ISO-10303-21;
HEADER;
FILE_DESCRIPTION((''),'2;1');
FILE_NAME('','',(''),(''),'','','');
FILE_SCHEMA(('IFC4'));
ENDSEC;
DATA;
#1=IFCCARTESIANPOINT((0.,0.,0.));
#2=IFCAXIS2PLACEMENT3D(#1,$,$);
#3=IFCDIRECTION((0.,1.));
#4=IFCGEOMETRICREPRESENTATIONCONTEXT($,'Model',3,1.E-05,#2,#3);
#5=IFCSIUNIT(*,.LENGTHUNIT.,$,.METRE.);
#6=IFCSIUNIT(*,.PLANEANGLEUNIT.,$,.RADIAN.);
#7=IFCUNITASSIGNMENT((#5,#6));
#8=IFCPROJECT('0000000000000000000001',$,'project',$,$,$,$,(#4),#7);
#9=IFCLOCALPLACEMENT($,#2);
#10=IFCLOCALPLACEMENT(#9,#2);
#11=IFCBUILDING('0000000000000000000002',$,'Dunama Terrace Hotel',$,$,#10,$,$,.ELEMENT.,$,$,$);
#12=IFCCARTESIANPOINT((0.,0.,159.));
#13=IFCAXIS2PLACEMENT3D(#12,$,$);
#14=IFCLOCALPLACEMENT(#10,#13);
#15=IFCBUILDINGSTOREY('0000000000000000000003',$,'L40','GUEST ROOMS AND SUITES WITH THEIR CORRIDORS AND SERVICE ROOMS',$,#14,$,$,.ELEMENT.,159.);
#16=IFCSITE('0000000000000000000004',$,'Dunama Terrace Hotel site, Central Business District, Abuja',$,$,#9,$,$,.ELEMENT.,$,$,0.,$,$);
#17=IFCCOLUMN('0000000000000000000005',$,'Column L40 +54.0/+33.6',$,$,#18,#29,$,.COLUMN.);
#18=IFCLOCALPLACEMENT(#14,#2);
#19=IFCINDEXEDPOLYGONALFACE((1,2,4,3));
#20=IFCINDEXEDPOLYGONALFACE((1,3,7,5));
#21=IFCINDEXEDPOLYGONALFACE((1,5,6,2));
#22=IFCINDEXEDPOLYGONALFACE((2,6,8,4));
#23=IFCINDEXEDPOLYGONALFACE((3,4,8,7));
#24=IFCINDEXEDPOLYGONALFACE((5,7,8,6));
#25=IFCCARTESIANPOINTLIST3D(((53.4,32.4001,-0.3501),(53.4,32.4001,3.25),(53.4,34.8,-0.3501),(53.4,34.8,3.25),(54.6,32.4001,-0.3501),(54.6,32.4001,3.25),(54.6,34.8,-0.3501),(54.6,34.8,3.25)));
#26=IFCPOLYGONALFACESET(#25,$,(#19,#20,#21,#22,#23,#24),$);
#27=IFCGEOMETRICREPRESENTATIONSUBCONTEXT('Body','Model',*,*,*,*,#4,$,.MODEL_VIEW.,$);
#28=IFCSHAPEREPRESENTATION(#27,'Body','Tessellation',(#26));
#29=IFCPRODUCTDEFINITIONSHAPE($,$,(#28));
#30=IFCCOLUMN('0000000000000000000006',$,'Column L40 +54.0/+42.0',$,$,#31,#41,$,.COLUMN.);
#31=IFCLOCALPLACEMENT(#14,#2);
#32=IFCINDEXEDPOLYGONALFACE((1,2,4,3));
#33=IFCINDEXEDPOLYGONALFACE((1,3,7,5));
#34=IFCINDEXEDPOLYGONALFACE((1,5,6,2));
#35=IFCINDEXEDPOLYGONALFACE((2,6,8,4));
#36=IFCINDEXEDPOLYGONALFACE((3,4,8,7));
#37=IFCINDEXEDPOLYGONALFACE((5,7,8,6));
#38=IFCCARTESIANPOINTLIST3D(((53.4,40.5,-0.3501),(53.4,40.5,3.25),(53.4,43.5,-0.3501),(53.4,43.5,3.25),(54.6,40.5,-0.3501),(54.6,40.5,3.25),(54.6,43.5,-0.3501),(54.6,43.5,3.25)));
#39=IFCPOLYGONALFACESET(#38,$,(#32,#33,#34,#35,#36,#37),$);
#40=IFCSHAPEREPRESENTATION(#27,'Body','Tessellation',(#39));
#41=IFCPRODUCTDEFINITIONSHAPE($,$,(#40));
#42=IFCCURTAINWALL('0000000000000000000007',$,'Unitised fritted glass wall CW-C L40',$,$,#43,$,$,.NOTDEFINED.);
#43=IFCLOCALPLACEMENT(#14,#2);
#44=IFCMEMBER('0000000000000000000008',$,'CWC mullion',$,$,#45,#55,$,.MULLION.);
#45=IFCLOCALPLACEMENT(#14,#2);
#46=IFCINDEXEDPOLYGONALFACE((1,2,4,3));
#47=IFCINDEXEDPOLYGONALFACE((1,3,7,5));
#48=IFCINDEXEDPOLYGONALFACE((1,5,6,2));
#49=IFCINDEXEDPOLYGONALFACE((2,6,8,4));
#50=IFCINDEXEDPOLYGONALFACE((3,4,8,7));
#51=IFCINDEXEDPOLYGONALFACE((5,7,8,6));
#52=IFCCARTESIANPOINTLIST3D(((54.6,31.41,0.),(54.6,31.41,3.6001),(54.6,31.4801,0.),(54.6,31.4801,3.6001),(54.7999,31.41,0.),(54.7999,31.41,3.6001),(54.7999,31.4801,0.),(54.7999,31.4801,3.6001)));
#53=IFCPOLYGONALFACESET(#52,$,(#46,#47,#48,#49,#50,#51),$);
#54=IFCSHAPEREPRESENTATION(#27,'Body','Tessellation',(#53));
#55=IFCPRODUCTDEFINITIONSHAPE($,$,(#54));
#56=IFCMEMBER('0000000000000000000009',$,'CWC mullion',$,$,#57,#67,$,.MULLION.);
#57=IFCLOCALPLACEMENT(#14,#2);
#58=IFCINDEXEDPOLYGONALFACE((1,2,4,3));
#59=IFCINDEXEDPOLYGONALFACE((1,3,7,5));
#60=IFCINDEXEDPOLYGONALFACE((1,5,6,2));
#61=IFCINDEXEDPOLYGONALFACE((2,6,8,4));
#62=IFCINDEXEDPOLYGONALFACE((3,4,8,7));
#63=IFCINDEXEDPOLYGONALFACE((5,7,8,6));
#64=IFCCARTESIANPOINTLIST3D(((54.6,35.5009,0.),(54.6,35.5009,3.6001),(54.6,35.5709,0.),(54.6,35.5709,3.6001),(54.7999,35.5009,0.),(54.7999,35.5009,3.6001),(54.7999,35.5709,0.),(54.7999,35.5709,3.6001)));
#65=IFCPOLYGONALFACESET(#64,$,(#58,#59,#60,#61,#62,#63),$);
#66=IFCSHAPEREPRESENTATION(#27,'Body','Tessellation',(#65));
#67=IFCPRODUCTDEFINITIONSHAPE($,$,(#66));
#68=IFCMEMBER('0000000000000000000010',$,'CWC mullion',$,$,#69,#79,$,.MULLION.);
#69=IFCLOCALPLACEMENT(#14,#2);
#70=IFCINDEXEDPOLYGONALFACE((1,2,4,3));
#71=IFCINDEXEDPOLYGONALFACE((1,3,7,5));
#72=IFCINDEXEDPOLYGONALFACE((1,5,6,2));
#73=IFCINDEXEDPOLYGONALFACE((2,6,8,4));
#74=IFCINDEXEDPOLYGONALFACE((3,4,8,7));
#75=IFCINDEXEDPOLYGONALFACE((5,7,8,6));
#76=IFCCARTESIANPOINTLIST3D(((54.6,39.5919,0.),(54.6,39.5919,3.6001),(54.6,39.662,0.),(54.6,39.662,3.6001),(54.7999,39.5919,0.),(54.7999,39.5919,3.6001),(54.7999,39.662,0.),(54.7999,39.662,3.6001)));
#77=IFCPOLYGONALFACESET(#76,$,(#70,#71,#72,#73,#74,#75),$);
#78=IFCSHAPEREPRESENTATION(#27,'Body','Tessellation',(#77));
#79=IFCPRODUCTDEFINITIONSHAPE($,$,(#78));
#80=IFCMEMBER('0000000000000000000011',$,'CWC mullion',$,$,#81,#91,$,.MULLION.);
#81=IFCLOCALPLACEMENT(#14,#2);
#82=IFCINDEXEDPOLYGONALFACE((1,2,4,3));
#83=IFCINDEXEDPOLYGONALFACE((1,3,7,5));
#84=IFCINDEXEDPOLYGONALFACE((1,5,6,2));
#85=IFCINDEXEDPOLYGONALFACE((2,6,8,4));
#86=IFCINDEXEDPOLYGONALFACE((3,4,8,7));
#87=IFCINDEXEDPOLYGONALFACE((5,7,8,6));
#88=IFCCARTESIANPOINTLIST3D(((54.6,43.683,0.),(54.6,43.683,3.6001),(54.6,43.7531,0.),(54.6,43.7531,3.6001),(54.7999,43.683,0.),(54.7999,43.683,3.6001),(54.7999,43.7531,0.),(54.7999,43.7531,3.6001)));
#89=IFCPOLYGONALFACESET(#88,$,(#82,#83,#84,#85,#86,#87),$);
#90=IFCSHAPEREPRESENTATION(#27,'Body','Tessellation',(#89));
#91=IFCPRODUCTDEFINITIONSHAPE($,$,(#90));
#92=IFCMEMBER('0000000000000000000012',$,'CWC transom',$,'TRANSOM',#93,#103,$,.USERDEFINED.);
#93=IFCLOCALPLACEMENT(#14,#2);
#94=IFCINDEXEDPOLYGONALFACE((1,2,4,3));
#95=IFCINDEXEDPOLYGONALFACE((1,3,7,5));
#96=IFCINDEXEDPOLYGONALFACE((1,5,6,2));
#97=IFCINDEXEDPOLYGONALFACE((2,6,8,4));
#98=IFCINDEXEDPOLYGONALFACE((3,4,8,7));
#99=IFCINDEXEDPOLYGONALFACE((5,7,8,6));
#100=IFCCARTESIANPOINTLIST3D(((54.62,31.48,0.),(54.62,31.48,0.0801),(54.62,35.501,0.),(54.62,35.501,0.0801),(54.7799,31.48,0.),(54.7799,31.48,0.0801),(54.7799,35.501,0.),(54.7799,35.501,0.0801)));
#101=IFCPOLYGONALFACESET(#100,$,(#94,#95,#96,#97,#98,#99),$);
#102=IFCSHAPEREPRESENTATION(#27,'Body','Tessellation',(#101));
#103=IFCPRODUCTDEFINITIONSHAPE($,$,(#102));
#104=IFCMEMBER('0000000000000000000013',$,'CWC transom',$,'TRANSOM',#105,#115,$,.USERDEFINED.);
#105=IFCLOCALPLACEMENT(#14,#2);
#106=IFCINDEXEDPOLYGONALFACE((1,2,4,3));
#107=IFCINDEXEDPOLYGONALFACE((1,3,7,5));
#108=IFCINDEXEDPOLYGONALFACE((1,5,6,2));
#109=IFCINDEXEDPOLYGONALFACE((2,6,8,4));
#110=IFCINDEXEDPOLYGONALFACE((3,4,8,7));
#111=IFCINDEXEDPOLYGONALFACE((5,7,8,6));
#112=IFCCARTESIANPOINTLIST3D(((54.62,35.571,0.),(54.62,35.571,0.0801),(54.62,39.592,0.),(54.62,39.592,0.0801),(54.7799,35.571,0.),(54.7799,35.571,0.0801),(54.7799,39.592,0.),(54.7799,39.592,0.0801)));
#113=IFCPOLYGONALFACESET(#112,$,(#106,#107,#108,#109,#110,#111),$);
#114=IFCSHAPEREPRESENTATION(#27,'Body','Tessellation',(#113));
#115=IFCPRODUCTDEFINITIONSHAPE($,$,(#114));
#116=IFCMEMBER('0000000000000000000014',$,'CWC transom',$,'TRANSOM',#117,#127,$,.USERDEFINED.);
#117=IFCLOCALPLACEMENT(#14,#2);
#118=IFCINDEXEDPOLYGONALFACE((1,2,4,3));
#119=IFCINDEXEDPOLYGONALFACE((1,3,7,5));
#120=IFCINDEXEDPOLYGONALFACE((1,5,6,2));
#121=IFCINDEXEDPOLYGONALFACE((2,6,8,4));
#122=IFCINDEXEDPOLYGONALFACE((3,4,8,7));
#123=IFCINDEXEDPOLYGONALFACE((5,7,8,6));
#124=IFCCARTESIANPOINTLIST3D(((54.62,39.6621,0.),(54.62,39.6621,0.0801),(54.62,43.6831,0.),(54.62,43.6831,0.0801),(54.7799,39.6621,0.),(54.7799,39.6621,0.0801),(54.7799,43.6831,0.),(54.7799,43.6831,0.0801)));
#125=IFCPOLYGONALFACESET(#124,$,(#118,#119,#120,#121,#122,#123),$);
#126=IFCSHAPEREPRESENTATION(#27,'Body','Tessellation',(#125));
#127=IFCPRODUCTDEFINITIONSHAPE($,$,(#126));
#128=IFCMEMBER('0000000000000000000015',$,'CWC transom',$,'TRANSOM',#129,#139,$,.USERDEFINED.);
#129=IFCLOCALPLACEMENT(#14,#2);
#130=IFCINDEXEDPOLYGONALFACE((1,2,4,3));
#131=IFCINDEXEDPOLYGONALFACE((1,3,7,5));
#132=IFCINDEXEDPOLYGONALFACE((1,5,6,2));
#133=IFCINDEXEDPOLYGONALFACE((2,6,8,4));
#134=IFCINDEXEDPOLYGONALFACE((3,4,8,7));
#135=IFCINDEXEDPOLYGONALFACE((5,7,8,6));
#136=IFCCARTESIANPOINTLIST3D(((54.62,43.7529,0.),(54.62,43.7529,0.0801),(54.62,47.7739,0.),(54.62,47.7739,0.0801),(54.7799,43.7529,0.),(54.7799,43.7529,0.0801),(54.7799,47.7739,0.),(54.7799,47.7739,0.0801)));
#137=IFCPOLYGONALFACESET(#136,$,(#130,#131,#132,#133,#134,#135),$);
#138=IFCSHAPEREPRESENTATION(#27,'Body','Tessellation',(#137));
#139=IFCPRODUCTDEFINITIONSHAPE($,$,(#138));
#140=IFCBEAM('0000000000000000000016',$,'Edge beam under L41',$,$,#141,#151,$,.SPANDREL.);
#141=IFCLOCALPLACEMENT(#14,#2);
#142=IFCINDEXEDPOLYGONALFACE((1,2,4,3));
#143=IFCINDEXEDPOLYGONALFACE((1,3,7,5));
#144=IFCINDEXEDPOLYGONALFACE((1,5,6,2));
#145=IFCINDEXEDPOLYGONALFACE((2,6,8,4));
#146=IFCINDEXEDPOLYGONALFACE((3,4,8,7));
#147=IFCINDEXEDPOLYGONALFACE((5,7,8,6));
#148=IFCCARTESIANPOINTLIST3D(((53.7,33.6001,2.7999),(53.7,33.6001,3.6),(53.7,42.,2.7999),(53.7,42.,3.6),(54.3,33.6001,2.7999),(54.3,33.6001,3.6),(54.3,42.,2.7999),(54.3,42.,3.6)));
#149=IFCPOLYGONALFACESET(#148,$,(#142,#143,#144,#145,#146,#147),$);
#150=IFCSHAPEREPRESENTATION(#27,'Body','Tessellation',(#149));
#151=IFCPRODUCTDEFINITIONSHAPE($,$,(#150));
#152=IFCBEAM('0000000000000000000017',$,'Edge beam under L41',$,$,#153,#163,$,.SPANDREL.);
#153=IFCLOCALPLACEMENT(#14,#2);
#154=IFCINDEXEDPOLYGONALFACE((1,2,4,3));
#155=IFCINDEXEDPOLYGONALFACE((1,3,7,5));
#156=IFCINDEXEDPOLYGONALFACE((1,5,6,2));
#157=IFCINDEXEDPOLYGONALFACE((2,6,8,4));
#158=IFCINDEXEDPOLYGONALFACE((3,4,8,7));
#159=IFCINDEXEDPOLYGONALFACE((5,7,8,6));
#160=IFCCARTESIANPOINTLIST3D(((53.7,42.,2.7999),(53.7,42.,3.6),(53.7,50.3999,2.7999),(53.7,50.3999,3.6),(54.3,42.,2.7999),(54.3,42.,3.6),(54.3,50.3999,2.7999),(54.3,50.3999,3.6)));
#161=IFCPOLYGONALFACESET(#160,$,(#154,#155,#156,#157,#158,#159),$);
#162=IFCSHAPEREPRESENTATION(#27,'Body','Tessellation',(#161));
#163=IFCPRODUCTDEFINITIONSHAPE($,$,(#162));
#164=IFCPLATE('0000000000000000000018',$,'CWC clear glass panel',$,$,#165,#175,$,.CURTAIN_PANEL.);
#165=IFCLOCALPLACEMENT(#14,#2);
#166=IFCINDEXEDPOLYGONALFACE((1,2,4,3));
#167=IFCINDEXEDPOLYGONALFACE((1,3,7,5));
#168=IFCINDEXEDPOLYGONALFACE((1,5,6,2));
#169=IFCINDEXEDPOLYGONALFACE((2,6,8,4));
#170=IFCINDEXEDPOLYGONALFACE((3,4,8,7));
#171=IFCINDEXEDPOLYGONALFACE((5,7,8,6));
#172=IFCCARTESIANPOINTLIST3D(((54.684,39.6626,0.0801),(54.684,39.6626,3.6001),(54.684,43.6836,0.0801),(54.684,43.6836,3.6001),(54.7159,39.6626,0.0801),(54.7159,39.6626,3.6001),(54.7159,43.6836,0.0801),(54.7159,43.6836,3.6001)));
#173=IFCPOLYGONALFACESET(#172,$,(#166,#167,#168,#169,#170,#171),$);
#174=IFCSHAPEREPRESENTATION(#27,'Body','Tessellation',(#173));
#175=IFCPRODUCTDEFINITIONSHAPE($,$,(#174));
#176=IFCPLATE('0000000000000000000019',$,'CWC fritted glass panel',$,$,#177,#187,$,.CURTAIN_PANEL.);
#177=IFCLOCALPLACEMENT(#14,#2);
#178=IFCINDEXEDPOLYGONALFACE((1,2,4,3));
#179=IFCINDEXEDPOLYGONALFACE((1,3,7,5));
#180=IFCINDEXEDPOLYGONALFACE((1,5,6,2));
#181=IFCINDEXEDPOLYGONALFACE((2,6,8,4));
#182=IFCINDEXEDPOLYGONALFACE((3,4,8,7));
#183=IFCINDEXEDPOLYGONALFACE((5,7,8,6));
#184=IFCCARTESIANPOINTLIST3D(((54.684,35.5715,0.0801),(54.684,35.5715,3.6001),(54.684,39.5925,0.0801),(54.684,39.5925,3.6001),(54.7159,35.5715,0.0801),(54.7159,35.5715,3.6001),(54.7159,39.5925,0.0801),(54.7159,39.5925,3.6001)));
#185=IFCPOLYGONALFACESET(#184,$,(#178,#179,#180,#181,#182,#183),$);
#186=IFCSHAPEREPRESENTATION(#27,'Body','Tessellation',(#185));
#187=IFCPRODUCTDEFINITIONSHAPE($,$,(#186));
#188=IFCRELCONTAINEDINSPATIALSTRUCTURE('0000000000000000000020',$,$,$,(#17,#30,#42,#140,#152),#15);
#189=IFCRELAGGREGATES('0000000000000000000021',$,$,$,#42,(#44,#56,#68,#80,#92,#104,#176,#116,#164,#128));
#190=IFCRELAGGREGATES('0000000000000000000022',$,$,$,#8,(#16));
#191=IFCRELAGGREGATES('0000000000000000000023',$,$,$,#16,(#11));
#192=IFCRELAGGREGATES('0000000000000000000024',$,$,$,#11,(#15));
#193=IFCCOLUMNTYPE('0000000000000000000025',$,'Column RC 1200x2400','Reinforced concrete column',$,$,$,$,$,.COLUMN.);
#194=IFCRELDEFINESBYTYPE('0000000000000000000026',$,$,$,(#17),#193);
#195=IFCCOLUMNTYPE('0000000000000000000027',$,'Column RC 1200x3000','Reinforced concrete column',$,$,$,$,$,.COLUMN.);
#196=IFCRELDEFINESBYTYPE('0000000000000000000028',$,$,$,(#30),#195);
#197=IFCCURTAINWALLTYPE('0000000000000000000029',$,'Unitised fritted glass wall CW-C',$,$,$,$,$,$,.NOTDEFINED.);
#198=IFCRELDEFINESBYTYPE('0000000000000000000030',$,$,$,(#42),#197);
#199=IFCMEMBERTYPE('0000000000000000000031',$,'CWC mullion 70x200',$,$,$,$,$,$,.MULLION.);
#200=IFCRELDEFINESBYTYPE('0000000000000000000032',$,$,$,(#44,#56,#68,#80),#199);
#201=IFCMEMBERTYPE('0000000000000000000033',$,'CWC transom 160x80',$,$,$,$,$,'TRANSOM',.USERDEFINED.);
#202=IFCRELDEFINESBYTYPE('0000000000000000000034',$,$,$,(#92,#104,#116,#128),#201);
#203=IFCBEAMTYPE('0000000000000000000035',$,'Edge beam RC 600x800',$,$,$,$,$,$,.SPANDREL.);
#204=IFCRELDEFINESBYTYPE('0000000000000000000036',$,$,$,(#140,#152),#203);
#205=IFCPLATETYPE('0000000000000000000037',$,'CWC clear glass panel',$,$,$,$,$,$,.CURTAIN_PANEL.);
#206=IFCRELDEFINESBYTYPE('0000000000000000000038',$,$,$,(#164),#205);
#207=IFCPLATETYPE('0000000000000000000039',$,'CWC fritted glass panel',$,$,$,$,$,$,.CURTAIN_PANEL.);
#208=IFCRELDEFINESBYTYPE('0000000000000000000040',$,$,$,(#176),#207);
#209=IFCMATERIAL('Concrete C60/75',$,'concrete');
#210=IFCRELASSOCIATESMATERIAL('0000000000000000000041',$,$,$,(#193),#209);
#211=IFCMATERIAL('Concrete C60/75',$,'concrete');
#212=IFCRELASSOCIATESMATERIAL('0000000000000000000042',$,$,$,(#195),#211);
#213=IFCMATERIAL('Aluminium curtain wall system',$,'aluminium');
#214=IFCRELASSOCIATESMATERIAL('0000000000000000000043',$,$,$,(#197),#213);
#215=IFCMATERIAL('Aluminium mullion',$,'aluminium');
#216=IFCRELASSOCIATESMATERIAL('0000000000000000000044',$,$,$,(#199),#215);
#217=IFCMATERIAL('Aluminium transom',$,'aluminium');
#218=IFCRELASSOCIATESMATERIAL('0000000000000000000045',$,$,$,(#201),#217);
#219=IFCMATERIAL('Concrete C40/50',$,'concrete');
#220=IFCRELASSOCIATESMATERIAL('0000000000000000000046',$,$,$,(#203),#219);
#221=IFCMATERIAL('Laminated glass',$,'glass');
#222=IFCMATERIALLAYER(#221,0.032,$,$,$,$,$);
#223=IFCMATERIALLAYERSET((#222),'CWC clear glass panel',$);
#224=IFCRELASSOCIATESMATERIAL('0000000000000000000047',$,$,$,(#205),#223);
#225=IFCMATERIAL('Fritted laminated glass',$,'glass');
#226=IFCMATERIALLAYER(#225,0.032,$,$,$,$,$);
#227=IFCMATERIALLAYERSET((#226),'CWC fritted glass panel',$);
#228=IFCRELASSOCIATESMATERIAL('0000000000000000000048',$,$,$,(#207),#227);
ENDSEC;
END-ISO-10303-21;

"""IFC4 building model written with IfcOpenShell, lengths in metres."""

from ifc_helpers import new_model, si_unit, direction, frame, origin, origin_2d, place, context, subcontext, project, spatial, rectangle, extrude, material, layer, layer_set, material_profile, profile_set, type_object, element, aggregate, save


model = new_model("IFC4")

# Units and contexts
model_context = context("Model", 3, precision=1e-05, world=origin(), true_north=direction((0.0, 1.0)))
body_context = subcontext(model_context, "Body", "Model", "MODEL_VIEW")
ifc_project = project(units=[si_unit("LENGTHUNIT", "METRE"), si_unit("PLANEANGLEUNIT", "RADIAN")], contexts=[model_context])

# Site, building, storey
site_placement = place(None, origin())
site = spatial("IfcSite", under=ifc_project, at=site_placement, Name="Dunama Terrace Hotel site, Central Business District, Abuja", CompositionType="ELEMENT", RefElevation=0.0)
building_placement = place(site_placement, origin())
building = spatial("IfcBuilding", under=site, at=building_placement, Name="Dunama Terrace Hotel", CompositionType="ELEMENT")
storey_placement = place(building_placement, frame((0.0, 0.0, 159.0)))
storey = spatial("IfcBuildingStorey", under=building, at=storey_placement, Name="L40", Description="GUEST ROOMS AND SUITES WITH THEIR CORRIDORS AND SERVICE ROOMS", CompositionType="ELEMENT", Elevation=159.0)

# Columns
ifc_material_1 = material(Name="Concrete C60/75", Category="concrete")
ifc_material_profile_1 = material_profile(ifc_material_1, rectangle(XDim=1.2, YDim=2.3999, at=origin_2d()), Name="RC 1200x2400")
ifc_profile_set_1 = profile_set([ifc_material_profile_1], Name="Concrete C60/75")
column_type_1 = type_object("IfcColumnType", Name="Column RC 1200x2400", Description="Reinforced concrete column", PredefinedType="COLUMN", material=ifc_profile_set_1)
column_1_placement = place(storey_placement, frame((54.0, 33.6001, -0.3501), z_axis=(0.0, 0.0, 1.0), x_axis=(1.0, 0.0, 0.0)))
element("IfcColumn", 1, at=column_1_placement, inside=storey, type_object=column_type_1, Name="Column L40 +54.0/+33.6", PredefinedType="COLUMN", context=body_context, shape_type="SweptSolid", body=[
    extrude(rectangle(XDim=1.2, YDim=2.3999, at=origin_2d()), origin(), (0.0, 0.0, 1.0), 3.6001),
])
ifc_material_2 = material(Name="Concrete C60/75", Category="concrete")
ifc_material_profile_2 = material_profile(ifc_material_2, rectangle(XDim=1.2, YDim=3.0, at=origin_2d()), Name="RC 1200x3000")
ifc_profile_set_2 = profile_set([ifc_material_profile_2], Name="Concrete C60/75")
column_type_2 = type_object("IfcColumnType", Name="Column RC 1200x3000", Description="Reinforced concrete column", PredefinedType="COLUMN", material=ifc_profile_set_2)
column_2_placement = place(storey_placement, frame((54.0, 42.0, -0.3501), z_axis=(0.0, 0.0, 1.0), x_axis=(1.0, 0.0, 0.0)))
element("IfcColumn", 2, at=column_2_placement, inside=storey, type_object=column_type_2, Name="Column L40 +54.0/+42.0", PredefinedType="COLUMN", context=body_context, shape_type="SweptSolid", body=[
    extrude(rectangle(XDim=1.2, YDim=3.0, at=origin_2d()), origin(), (0.0, 0.0, 1.0), 3.6001),
])

# Curtain wall, members
ifc_material_3 = material(Name="Aluminium curtain wall system", Category="aluminium")
curtain_wall_type = type_object("IfcCurtainWallType", Name="Unitised fritted glass wall CW-C", PredefinedType="NOTDEFINED", material=ifc_material_3)
curtain_wall_placement = place(storey_placement, origin())
curtain_wall = element("IfcCurtainWall", 3, at=curtain_wall_placement, inside=storey, type_object=curtain_wall_type, Name="Unitised fritted glass wall CW-C L40", PredefinedType="NOTDEFINED")
ifc_material_4 = material(Name="Aluminium mullion", Category="aluminium")
ifc_material_profile_3 = material_profile(ifc_material_4, rectangle(XDim=0.0701, YDim=0.2, at=origin_2d()), Name="CWC MULLION 70X200")
ifc_profile_set_3 = profile_set([ifc_material_profile_3], Name="Aluminium mullion")
member_type_1 = type_object("IfcMemberType", Name="CWC mullion 70x200", PredefinedType="MULLION", material=ifc_profile_set_3)
member_1_placement = place(storey_placement, frame((54.7, 31.4451, 0.0), z_axis=(0.0, 0.0, 1.0), x_axis=(0.0, 1.0, 0.0)))
member_1 = element("IfcMember", 4, at=member_1_placement, type_object=member_type_1, Name="CWC mullion", PredefinedType="MULLION", context=body_context, shape_type="SweptSolid", body=[
    extrude(rectangle(XDim=0.0701, YDim=0.2, at=origin_2d()), origin(), (0.0, 0.0, 1.0), 3.6001),
])
member_2_placement = place(storey_placement, frame((54.7, 35.5359, 0.0), z_axis=(0.0, 0.0, 1.0), x_axis=(0.0, 1.0, 0.0)))
member_2 = element("IfcMember", 5, at=member_2_placement, type_object=member_type_1, Name="CWC mullion", PredefinedType="MULLION", context=body_context, shape_type="SweptSolid", body=[
    extrude(rectangle(XDim=0.0701, YDim=0.2, at=origin_2d()), origin(), (0.0, 0.0, 1.0), 3.6001),
])
member_3_placement = place(storey_placement, frame((54.7, 39.627, 0.0), z_axis=(0.0, 0.0, 1.0), x_axis=(0.0, 1.0, 0.0)))
member_3 = element("IfcMember", 6, at=member_3_placement, type_object=member_type_1, Name="CWC mullion", PredefinedType="MULLION", context=body_context, shape_type="SweptSolid", body=[
    extrude(rectangle(XDim=0.0701, YDim=0.2, at=origin_2d()), origin(), (0.0, 0.0, 1.0), 3.6001),
])
member_4_placement = place(storey_placement, frame((54.7, 43.718, 0.0), z_axis=(0.0, 0.0, 1.0), x_axis=(0.0, 1.0, 0.0)))
member_4 = element("IfcMember", 7, at=member_4_placement, type_object=member_type_1, Name="CWC mullion", PredefinedType="MULLION", context=body_context, shape_type="SweptSolid", body=[
    extrude(rectangle(XDim=0.0701, YDim=0.2, at=origin_2d()), origin(), (0.0, 0.0, 1.0), 3.6001),
])
ifc_material_5 = material(Name="Aluminium transom", Category="aluminium")
ifc_material_profile_4 = material_profile(ifc_material_5, rectangle(XDim=0.1599, YDim=0.0801, at=origin_2d()), Name="CWC TRANSOM 160X80")
ifc_profile_set_4 = profile_set([ifc_material_profile_4], Name="Aluminium transom")
member_type_2 = type_object("IfcMemberType", Name="CWC transom 160x80", ElementType="TRANSOM", PredefinedType="USERDEFINED", material=ifc_profile_set_4)
member_5_placement = place(storey_placement, frame((54.7, 31.48, 0.04), z_axis=(0.0, 1.0, 0.0), x_axis=(-1.0, 0.0, 0.0)))
member_5 = element("IfcMember", 8, at=member_5_placement, type_object=member_type_2, Name="CWC transom", ObjectType="TRANSOM", PredefinedType="USERDEFINED", context=body_context, shape_type="SweptSolid", body=[
    extrude(rectangle(XDim=0.1599, YDim=0.0801, at=origin_2d()), origin(), (0.0, 0.0, 1.0), 4.021),
])
member_6_placement = place(storey_placement, frame((54.7, 35.571, 0.04), z_axis=(0.0, 1.0, 0.0), x_axis=(-1.0, 0.0, 0.0)))
member_6 = element("IfcMember", 9, at=member_6_placement, type_object=member_type_2, Name="CWC transom", ObjectType="TRANSOM", PredefinedType="USERDEFINED", context=body_context, shape_type="SweptSolid", body=[
    extrude(rectangle(XDim=0.1599, YDim=0.0801, at=origin_2d()), origin(), (0.0, 0.0, 1.0), 4.021),
])
member_7_placement = place(storey_placement, frame((54.7, 39.6621, 0.04), z_axis=(0.0, 1.0, 0.0), x_axis=(-1.0, 0.0, 0.0)))
member_7 = element("IfcMember", 10, at=member_7_placement, type_object=member_type_2, Name="CWC transom", ObjectType="TRANSOM", PredefinedType="USERDEFINED", context=body_context, shape_type="SweptSolid", body=[
    extrude(rectangle(XDim=0.1599, YDim=0.0801, at=origin_2d()), origin(), (0.0, 0.0, 1.0), 4.021),
])
member_8_placement = place(storey_placement, frame((54.7, 43.7529, 0.04), z_axis=(0.0, 1.0, 0.0), x_axis=(-1.0, 0.0, 0.0)))
member_8 = element("IfcMember", 11, at=member_8_placement, type_object=member_type_2, Name="CWC transom", ObjectType="TRANSOM", PredefinedType="USERDEFINED", context=body_context, shape_type="SweptSolid", body=[
    extrude(rectangle(XDim=0.1599, YDim=0.0801, at=origin_2d()), origin(), (0.0, 0.0, 1.0), 4.021),
])

# Beams
ifc_material_6 = material(Name="Concrete C40/50", Category="concrete")
ifc_material_profile_5 = material_profile(ifc_material_6, rectangle(XDim=0.6001, YDim=0.8, at=origin_2d()), Name="RC 600x800")
ifc_profile_set_5 = profile_set([ifc_material_profile_5], Name="Concrete C40/50")
beam_type = type_object("IfcBeamType", Name="Edge beam RC 600x800", PredefinedType="SPANDREL", material=ifc_profile_set_5)
for number, where, z_axis, x_axis, name in (
    (12, (54.0, 33.6001, 3.2), (0.0, 1.0, 0.0), (-1.0, 0.0, 0.0), "Edge beam under L41"),
    (13, (54.0, 42.0, 3.2), (0.0, 1.0, 0.0), (-1.0, 0.0, 0.0), "Edge beam under L41"),
):
    element("IfcBeam", number, at=place(storey_placement, frame(where, z_axis=z_axis, x_axis=x_axis)), inside=storey, type_object=beam_type, Name=name, PredefinedType="SPANDREL", context=body_context, shape_type="SweptSolid", body=[
        extrude(rectangle(XDim=0.6001, YDim=0.8, at=origin_2d()), origin(), (0.0, 0.0, 1.0), 8.3999),
    ])

# Plates
ifc_material_7 = material(Name="Laminated glass", Category="glass")
ifc_layer_1 = layer(ifc_material_7, 0.032)
ifc_layer_set_1 = layer_set([ifc_layer_1], Name="CWC clear glass panel")
plate_type_1 = type_object("IfcPlateType", Name="CWC clear glass panel", PredefinedType="CURTAIN_PANEL", material=ifc_layer_set_1)
plate_1_placement = place(storey_placement, frame((54.7, 41.6731, 0.0801), z_axis=(0.0, 0.0, 1.0), x_axis=(0.0, 1.0, 0.0)))
plate_1 = element("IfcPlate", 14, at=plate_1_placement, type_object=plate_type_1, Name="CWC clear glass panel", PredefinedType="CURTAIN_PANEL", context=body_context, shape_type="SweptSolid", body=[
    extrude(rectangle(XDim=4.021, YDim=0.032, at=origin_2d()), origin(), (0.0, 0.0, 1.0), 3.52),
])
ifc_material_8 = material(Name="Fritted laminated glass", Category="glass")
ifc_layer_2 = layer(ifc_material_8, 0.032)
ifc_layer_set_2 = layer_set([ifc_layer_2], Name="CWC fritted glass panel")
plate_type_2 = type_object("IfcPlateType", Name="CWC fritted glass panel", PredefinedType="CURTAIN_PANEL", material=ifc_layer_set_2)
plate_2_placement = place(storey_placement, frame((54.7, 37.582, 0.0801), z_axis=(0.0, 0.0, 1.0), x_axis=(0.0, 1.0, 0.0)))
plate_2 = element("IfcPlate", 15, at=plate_2_placement, type_object=plate_type_2, Name="CWC fritted glass panel", PredefinedType="CURTAIN_PANEL", context=body_context, shape_type="SweptSolid", body=[
    extrude(rectangle(XDim=4.021, YDim=0.032, at=origin_2d()), origin(), (0.0, 0.0, 1.0), 3.52),
])
aggregate(curtain_wall, [member_1, member_2, member_3, member_4, member_5, member_6, plate_2, member_7, plate_1, member_8])

save(model, "model.ifc")
